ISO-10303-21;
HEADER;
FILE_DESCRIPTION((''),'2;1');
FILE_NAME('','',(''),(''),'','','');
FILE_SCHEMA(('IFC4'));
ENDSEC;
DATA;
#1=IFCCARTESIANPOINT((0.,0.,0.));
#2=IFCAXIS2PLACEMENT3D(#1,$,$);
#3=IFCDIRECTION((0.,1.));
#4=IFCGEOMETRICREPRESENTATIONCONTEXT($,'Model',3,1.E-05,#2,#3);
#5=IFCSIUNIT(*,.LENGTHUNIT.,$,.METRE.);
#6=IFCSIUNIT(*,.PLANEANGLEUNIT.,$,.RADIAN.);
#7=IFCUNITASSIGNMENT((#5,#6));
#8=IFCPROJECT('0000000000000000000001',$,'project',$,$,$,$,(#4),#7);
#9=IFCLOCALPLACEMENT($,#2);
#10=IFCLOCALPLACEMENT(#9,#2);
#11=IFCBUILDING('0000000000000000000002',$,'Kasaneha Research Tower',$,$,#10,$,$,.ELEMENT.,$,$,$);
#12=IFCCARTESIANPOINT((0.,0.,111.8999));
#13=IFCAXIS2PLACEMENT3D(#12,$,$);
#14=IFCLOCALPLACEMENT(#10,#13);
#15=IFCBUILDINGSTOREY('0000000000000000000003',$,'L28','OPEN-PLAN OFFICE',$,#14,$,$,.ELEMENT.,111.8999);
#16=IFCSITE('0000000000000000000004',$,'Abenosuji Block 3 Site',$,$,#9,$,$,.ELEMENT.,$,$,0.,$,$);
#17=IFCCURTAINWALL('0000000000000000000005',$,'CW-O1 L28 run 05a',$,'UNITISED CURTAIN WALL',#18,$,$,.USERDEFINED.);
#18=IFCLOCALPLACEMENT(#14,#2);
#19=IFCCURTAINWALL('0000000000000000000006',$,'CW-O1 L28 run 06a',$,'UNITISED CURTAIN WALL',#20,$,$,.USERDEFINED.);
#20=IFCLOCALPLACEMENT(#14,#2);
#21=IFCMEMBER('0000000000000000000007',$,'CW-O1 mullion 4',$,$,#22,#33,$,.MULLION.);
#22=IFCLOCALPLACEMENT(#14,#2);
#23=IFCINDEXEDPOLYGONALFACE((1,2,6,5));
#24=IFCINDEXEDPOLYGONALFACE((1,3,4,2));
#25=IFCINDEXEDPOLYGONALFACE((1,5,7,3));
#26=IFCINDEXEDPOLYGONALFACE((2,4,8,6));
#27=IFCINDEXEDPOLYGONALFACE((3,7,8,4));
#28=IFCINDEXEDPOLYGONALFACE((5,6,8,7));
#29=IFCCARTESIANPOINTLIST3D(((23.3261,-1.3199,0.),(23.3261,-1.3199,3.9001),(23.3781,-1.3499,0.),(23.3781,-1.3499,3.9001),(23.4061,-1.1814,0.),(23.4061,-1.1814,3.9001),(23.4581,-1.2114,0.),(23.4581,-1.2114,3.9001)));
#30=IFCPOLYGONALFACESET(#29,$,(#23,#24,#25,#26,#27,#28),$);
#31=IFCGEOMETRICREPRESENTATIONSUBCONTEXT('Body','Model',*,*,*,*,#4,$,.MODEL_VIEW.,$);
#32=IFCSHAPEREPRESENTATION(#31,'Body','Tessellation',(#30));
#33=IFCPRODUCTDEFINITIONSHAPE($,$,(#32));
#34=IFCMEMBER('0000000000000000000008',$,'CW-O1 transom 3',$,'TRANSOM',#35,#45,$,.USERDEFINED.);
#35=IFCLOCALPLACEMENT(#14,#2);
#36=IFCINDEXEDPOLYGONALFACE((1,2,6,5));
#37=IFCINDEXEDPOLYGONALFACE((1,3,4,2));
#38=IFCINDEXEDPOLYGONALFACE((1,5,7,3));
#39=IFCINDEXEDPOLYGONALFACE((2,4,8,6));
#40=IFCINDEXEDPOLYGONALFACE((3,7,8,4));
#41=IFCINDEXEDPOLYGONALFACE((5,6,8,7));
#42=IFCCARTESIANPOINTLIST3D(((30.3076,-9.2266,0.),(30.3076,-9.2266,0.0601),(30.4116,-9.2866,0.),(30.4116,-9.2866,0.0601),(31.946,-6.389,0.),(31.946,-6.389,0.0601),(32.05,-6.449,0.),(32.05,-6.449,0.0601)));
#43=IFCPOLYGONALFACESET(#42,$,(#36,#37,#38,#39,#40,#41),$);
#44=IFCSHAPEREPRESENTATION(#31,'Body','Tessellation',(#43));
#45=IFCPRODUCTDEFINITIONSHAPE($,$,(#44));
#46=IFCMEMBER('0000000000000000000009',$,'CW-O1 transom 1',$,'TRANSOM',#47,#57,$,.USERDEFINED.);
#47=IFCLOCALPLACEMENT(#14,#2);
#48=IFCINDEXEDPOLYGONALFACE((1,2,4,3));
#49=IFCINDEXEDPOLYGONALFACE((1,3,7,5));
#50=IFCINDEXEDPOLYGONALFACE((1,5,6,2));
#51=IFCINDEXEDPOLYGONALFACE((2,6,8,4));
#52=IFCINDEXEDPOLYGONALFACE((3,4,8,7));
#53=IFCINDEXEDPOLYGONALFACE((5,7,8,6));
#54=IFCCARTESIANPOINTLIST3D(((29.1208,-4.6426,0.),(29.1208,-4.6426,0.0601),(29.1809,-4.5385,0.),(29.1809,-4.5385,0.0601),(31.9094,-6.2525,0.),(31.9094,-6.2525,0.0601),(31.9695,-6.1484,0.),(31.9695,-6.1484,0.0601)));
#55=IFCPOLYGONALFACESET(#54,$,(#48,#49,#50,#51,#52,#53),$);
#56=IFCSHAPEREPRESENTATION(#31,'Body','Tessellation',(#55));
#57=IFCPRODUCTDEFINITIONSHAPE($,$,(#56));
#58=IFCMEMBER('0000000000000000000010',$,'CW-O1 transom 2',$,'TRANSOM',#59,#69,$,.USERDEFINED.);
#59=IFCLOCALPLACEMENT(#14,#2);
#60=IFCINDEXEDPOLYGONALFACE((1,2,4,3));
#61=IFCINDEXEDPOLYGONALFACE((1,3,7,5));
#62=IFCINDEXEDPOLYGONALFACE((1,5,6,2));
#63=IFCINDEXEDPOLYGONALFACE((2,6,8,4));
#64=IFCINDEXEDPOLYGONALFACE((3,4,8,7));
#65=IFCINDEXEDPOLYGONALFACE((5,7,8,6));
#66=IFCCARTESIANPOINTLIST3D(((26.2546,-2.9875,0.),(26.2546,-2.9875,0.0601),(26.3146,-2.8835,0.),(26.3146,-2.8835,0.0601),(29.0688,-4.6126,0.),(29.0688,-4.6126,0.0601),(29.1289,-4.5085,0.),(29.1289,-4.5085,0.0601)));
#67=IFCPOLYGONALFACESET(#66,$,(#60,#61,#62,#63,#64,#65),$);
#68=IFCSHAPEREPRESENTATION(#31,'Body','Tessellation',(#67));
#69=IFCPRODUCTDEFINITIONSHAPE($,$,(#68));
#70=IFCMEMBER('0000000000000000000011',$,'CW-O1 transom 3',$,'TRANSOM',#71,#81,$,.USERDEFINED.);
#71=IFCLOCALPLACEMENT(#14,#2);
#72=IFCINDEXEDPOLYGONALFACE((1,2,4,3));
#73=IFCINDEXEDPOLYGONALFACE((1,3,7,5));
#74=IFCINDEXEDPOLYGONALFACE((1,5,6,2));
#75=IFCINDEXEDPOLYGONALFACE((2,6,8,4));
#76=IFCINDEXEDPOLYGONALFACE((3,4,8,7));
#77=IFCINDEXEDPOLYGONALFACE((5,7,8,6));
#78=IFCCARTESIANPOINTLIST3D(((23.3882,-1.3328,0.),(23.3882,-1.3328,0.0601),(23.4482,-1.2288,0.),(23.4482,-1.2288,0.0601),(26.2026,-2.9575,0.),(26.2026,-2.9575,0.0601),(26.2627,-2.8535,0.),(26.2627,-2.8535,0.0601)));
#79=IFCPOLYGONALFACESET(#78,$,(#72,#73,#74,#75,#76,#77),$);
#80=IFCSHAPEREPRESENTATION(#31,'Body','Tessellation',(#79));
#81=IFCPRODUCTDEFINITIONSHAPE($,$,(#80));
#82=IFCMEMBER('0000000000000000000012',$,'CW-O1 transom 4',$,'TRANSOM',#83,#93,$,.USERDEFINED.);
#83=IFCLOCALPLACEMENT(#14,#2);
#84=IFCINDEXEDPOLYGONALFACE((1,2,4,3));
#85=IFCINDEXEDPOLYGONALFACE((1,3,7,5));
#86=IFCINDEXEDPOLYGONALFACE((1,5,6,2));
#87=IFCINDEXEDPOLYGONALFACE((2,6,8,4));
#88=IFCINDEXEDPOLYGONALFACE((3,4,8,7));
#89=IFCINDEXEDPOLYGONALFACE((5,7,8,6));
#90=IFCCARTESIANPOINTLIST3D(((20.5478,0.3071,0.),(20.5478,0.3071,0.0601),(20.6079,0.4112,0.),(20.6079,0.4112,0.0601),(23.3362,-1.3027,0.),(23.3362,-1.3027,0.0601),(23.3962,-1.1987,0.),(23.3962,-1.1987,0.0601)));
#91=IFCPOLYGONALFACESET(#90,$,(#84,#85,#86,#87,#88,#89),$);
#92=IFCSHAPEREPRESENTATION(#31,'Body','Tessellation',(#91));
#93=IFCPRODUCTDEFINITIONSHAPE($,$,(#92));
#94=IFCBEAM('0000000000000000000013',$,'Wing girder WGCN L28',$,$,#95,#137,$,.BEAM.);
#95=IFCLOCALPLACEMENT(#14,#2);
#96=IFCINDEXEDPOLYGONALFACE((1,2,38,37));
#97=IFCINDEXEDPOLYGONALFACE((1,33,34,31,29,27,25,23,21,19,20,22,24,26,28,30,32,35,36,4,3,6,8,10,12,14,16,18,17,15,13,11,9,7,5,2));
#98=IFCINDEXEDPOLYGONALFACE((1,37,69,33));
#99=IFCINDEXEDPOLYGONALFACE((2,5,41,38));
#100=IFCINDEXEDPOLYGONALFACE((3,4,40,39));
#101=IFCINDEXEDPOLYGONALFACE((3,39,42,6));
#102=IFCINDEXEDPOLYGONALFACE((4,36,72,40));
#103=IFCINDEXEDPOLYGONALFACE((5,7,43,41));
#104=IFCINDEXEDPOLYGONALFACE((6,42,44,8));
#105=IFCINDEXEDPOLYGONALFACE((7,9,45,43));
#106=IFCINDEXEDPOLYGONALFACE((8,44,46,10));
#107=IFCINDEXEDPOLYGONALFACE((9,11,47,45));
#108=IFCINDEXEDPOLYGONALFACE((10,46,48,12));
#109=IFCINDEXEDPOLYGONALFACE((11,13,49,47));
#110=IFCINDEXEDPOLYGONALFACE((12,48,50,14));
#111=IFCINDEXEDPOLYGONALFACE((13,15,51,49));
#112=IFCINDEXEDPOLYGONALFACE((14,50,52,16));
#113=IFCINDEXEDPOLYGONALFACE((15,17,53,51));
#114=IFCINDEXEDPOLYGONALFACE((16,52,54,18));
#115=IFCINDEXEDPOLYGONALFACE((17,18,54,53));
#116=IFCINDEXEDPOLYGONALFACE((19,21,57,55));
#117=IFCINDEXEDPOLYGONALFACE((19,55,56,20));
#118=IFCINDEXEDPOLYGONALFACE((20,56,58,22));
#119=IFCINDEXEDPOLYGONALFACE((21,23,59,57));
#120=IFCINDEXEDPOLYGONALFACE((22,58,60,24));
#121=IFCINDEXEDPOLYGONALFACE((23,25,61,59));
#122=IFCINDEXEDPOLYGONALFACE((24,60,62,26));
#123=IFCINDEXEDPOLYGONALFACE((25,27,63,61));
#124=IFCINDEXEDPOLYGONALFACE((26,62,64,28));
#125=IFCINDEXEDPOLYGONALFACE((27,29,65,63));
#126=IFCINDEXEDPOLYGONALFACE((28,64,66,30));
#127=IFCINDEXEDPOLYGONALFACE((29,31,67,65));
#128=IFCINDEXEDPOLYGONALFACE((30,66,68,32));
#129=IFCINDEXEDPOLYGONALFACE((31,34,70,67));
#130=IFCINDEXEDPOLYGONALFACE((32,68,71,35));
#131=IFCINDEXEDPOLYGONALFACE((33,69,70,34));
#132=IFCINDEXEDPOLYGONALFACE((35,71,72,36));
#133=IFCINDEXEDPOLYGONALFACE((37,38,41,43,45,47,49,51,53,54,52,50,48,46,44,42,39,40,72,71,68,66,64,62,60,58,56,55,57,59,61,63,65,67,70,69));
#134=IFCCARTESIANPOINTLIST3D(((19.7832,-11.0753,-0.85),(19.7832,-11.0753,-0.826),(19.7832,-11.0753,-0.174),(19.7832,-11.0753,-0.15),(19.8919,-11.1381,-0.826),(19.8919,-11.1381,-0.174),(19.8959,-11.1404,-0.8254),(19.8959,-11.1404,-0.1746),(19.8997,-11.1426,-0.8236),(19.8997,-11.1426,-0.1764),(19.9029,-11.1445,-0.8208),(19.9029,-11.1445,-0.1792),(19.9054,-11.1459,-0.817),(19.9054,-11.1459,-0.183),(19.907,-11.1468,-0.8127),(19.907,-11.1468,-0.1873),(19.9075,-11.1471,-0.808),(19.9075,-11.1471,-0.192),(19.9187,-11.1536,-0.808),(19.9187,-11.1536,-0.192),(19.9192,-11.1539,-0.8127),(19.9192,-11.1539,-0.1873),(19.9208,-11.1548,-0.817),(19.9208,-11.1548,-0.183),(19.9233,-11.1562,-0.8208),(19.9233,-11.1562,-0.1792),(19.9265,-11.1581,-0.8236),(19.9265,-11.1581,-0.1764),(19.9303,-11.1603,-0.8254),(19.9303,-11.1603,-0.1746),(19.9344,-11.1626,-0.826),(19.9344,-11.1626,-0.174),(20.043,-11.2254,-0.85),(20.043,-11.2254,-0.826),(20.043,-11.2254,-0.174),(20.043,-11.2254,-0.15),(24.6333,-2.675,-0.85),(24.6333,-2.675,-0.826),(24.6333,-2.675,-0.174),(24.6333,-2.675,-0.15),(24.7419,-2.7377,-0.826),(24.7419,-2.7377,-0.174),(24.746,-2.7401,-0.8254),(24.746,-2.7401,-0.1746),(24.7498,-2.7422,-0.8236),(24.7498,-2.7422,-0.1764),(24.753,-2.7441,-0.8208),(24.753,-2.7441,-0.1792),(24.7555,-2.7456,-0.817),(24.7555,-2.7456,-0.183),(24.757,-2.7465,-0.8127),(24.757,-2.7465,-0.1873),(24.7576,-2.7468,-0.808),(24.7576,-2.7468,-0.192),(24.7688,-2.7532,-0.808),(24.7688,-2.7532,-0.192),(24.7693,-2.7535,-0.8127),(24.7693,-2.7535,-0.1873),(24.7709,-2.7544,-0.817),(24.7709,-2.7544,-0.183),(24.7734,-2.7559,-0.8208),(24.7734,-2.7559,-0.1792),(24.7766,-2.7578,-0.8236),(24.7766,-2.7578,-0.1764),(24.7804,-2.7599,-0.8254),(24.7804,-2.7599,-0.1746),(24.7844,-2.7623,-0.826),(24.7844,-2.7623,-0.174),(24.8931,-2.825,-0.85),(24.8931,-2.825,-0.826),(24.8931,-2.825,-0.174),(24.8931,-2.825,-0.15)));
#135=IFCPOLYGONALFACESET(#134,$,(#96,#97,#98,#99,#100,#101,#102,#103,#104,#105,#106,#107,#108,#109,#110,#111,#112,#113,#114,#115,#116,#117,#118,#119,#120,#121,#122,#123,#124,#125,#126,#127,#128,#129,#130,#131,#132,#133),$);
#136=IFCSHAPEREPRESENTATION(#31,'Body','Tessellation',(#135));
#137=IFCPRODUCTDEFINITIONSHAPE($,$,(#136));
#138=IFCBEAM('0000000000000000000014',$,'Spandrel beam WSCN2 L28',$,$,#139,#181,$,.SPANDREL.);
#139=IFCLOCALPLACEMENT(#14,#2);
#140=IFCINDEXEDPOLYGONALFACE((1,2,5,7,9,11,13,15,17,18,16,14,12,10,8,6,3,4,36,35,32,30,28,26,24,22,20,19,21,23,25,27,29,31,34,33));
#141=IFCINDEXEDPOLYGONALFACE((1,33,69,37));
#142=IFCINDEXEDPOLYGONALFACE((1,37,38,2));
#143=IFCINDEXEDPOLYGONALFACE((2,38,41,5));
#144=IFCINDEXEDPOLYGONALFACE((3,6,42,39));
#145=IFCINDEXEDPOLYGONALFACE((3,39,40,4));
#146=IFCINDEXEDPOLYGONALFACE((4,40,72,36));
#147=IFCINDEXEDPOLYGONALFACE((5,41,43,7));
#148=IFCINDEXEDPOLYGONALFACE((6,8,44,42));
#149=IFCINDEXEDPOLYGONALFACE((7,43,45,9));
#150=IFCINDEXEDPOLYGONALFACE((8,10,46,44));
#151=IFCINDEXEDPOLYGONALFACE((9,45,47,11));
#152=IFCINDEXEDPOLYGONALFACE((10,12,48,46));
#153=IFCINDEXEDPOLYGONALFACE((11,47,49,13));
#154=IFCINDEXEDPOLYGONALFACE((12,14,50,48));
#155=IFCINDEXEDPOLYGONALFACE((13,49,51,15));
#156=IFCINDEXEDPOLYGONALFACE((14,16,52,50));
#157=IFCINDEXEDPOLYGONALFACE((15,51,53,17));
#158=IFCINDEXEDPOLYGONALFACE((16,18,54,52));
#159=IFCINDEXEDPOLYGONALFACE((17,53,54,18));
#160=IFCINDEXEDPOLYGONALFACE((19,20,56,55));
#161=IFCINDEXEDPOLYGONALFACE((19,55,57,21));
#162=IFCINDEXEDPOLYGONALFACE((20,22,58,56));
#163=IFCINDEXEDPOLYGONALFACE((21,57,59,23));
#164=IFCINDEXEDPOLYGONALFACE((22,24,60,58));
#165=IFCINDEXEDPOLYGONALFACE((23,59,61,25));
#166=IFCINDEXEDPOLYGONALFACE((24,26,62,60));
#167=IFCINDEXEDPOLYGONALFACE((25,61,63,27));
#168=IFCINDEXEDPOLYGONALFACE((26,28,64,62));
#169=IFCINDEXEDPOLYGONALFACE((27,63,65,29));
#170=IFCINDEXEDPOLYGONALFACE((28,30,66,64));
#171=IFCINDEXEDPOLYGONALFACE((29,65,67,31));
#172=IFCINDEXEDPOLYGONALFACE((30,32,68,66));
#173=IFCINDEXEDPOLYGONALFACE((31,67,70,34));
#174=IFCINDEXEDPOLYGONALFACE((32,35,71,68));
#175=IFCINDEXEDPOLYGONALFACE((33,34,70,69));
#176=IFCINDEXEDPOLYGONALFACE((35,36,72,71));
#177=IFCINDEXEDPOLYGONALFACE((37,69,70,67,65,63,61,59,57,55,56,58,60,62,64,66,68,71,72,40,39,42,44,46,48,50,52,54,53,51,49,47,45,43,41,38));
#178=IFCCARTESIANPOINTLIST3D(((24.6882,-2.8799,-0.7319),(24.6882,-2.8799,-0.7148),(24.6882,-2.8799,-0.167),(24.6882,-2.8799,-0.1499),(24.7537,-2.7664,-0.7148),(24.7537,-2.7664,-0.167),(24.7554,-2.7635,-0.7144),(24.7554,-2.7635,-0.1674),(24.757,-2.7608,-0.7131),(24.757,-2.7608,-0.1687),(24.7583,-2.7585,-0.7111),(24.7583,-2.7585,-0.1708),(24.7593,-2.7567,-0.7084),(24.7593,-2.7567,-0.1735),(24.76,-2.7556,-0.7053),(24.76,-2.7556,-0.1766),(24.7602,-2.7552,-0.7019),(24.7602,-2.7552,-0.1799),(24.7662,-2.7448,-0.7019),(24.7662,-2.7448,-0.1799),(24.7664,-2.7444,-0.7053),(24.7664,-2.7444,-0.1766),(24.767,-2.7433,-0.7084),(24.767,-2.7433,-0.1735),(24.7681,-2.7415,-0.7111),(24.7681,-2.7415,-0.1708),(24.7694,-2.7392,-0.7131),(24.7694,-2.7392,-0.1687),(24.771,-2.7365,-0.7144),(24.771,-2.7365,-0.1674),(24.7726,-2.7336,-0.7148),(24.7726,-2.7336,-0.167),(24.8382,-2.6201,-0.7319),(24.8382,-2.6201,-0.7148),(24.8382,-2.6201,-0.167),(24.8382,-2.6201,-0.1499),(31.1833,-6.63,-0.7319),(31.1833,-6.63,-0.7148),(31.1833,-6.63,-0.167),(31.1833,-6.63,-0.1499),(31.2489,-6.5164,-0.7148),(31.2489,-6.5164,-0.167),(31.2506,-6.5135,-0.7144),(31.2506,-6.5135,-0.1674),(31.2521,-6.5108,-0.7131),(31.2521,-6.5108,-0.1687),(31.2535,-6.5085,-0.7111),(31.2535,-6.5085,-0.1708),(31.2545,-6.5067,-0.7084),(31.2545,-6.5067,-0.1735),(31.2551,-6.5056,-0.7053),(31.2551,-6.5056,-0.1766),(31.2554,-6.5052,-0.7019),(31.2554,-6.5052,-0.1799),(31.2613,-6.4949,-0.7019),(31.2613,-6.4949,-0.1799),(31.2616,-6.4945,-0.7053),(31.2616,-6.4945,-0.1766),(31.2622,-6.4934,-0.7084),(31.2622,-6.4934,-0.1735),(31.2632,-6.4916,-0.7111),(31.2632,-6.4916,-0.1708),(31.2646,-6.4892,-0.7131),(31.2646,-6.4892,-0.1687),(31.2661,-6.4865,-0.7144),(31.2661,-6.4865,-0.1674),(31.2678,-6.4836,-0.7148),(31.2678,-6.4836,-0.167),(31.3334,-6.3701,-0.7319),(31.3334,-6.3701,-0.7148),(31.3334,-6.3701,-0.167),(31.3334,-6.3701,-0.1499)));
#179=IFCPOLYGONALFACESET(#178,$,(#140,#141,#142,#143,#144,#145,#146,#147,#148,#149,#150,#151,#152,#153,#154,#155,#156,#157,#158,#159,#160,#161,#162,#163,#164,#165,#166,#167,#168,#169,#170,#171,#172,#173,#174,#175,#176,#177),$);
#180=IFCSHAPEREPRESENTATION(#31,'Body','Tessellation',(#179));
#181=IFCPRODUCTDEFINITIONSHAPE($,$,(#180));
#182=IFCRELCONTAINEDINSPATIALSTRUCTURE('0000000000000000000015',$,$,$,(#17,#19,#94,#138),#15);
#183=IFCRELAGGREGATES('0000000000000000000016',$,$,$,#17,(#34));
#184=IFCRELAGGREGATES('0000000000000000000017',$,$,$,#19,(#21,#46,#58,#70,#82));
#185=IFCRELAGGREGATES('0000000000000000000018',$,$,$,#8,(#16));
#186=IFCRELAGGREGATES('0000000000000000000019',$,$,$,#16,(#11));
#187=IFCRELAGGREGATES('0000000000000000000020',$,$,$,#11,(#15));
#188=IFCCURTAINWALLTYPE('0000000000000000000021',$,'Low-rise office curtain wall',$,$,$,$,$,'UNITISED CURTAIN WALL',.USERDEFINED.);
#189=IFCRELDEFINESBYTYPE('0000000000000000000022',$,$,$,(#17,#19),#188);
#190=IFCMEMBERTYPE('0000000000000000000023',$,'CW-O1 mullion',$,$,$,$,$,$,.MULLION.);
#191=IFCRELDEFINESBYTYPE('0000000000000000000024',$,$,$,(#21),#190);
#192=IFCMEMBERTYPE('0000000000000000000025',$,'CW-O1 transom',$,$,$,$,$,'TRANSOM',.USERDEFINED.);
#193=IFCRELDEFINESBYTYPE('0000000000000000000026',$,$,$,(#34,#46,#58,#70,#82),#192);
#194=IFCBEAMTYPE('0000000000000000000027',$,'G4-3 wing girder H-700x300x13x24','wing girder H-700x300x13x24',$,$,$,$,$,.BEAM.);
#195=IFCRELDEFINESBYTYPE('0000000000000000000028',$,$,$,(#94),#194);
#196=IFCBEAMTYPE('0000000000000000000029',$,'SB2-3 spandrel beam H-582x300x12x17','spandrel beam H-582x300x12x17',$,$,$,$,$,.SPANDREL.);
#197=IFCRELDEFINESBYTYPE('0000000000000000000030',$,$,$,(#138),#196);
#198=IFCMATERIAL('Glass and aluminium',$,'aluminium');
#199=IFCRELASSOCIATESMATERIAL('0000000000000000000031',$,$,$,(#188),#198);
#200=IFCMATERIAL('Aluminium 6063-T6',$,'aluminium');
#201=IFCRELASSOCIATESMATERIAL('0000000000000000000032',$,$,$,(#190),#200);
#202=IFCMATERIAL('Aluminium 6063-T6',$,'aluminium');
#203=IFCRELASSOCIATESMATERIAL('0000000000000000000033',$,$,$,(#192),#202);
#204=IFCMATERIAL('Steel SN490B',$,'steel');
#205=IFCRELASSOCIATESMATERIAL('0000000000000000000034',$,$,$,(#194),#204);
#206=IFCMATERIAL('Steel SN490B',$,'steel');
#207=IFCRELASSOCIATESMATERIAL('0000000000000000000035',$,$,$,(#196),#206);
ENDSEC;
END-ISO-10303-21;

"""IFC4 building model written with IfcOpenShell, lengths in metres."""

from ifc_helpers import new_model, si_unit, direction, frame, origin, origin_2d, place, context, subcontext, project, spatial, rectangle, i_section, extrude, material, material_profile, profile_set, type_object, element, aggregate, save


model = new_model("IFC4")

# Units and contexts
model_context = context("Model", 3, precision=1e-05, world=origin(), true_north=direction((0.0, 1.0)))
body_context = subcontext(model_context, "Body", "Model", "MODEL_VIEW")
ifc_project = project(units=[si_unit("LENGTHUNIT", "METRE"), si_unit("PLANEANGLEUNIT", "RADIAN")], contexts=[model_context])

# Site, building, storey
site_placement = place(None, origin())
site = spatial("IfcSite", under=ifc_project, at=site_placement, Name="Abenosuji Block 3 Site", CompositionType="ELEMENT", RefElevation=0.0)
building_placement = place(site_placement, origin())
building = spatial("IfcBuilding", under=site, at=building_placement, Name="Kasaneha Research Tower", CompositionType="ELEMENT")
storey_placement = place(building_placement, frame((0.0, 0.0, 111.8999)))
storey = spatial("IfcBuildingStorey", under=building, at=storey_placement, Name="L28", Description="OPEN-PLAN OFFICE", CompositionType="ELEMENT", Elevation=111.8999)

# Curtain walls, member
ifc_material_1 = material(Name="Glass and aluminium", Category="aluminium")
curtain_wall_type = type_object("IfcCurtainWallType", Name="Low-rise office curtain wall", ElementType="UNITISED CURTAIN WALL", PredefinedType="USERDEFINED", material=ifc_material_1)
curtain_wall_1_placement = place(storey_placement, origin())
curtain_wall_1 = element("IfcCurtainWall", 1, at=curtain_wall_1_placement, inside=storey, type_object=curtain_wall_type, Name="CW-O1 L28 run 05a", ObjectType="UNITISED CURTAIN WALL", PredefinedType="USERDEFINED")
ifc_material_2 = material(Name="Aluminium 6063-T6", Category="aluminium")
ifc_material_profile_1 = material_profile(ifc_material_2, rectangle(XDim=0.0601, YDim=0.1599, at=origin_2d()), Name="CW-O1 mullion 60x160")
ifc_profile_set_1 = profile_set([ifc_material_profile_1], Name="Aluminium 6063-T6")
member_type_1 = type_object("IfcMemberType", Name="CW-O1 mullion", PredefinedType="MULLION", material=ifc_profile_set_1)
curtain_wall_2_placement = place(storey_placement, origin())
curtain_wall_2 = element("IfcCurtainWall", 2, at=curtain_wall_2_placement, inside=storey, type_object=curtain_wall_type, Name="CW-O1 L28 run 06a", ObjectType="UNITISED CURTAIN WALL", PredefinedType="USERDEFINED")
member_1_placement = place(storey_placement, frame((23.3921, -1.2656, 0.0), z_axis=(0.0, 0.0, 1.0), x_axis=(-0.866025, 0.5, 0.0)))
member_1 = element("IfcMember", 3, at=member_1_placement, type_object=member_type_1, Name="CW-O1 mullion 4", PredefinedType="MULLION", context=body_context, shape_type="SweptSolid", body=[
    extrude(rectangle(XDim=0.0601, YDim=0.1599, at=origin_2d()), origin(), (0.0, 0.0, 1.0), 3.9001),
])

# Members
ifc_material_3 = material(Name="Aluminium 6063-T6", Category="aluminium")
ifc_material_profile_2 = material_profile(ifc_material_3, rectangle(XDim=0.1201, YDim=0.0601, at=origin_2d()), Name="CW-O1 transom 120x60")
ifc_profile_set_2 = profile_set([ifc_material_profile_2], Name="Aluminium 6063-T6")
member_type_2 = type_object("IfcMemberType", Name="CW-O1 transom", ElementType="TRANSOM", PredefinedType="USERDEFINED", material=ifc_profile_set_2)
member_2_placement = place(storey_placement, frame((30.3596, -9.2566, 0.03), z_axis=(0.500026, 0.866011, 0.0), x_axis=(-0.866011, 0.500026, 0.0)))
member_2 = element("IfcMember", 4, at=member_2_placement, type_object=member_type_2, Name="CW-O1 transom 3", ObjectType="TRANSOM", PredefinedType="USERDEFINED", context=body_context, shape_type="SweptSolid", body=[
    extrude(rectangle(XDim=0.1201, YDim=0.0601, at=origin_2d()), origin(), (0.0, 0.0, 1.0), 3.2766),
])
member_3_placement = place(storey_placement, frame((31.9395, -6.2004, 0.03), z_axis=(-0.866042, 0.499972, 0.0), x_axis=(-0.499972, -0.866042, 0.0)))
member_3 = element("IfcMember", 5, at=member_3_placement, type_object=member_type_2, Name="CW-O1 transom 1", ObjectType="TRANSOM", PredefinedType="USERDEFINED", context=body_context, shape_type="SweptSolid", body=[
    extrude(rectangle(XDim=0.1201, YDim=0.0601, at=origin_2d()), origin(), (0.0, 0.0, 1.0), 3.22),
])
member_4_placement = place(storey_placement, frame((29.0989, -4.5605, 0.03), z_axis=(-0.865997, 0.50005, 0.0), x_axis=(-0.50005, -0.865997, 0.0)))
member_4 = element("IfcMember", 6, at=member_4_placement, type_object=member_type_2, Name="CW-O1 transom 2", ObjectType="TRANSOM", PredefinedType="USERDEFINED", context=body_context, shape_type="SweptSolid", body=[
    extrude(rectangle(XDim=0.1201, YDim=0.0601, at=origin_2d()), origin(), (0.0, 0.0, 1.0), 3.2498),
])
member_5_placement = place(storey_placement, frame((26.2327, -2.9055, 0.03), z_axis=(-0.866048, 0.499961, 0.0), x_axis=(-0.499961, -0.866048, 0.0)))
member_5 = element("IfcMember", 7, at=member_5_placement, type_object=member_type_2, Name="CW-O1 transom 3", ObjectType="TRANSOM", PredefinedType="USERDEFINED", context=body_context, shape_type="SweptSolid", body=[
    extrude(rectangle(XDim=0.1201, YDim=0.0601, at=origin_2d()), origin(), (0.0, 0.0, 1.0), 3.2498),
])
member_6_placement = place(storey_placement, frame((23.3662, -1.2507, 0.03), z_axis=(-0.866023, 0.500005, 0.0), x_axis=(-0.500005, -0.866023, 0.0)))
member_6 = element("IfcMember", 8, at=member_6_placement, type_object=member_type_2, Name="CW-O1 transom 4", ObjectType="TRANSOM", PredefinedType="USERDEFINED", context=body_context, shape_type="SweptSolid", body=[
    extrude(rectangle(XDim=0.1201, YDim=0.0601, at=origin_2d()), origin(), (0.0, 0.0, 1.0), 3.2197),
])

# Beams
ifc_material_4 = material(Name="Steel SN490B", Category="steel")
ifc_material_profile_3 = material_profile(ifc_material_4, i_section(OverallWidth=0.3, OverallDepth=0.7, WebThickness=0.0129, FlangeThickness=0.0239, FilletRadius=0.0181, at=origin_2d()), Name="H-700x300x13x24")
ifc_profile_set_3 = profile_set([ifc_material_profile_3], Name="Steel SN490B")
beam_type_1 = type_object("IfcBeamType", Name="G4-3 wing girder H-700x300x13x24", Description="wing girder H-700x300x13x24", PredefinedType="BEAM", material=ifc_profile_set_3)
beam_1_placement = place(storey_placement, frame((24.7632, -2.75, -0.5), z_axis=(-0.50001, -0.86602, 0.0), x_axis=(0.86602, -0.50001, 0.0)))
element("IfcBeam", 9, at=beam_1_placement, inside=storey, type_object=beam_type_1, Name="Wing girder WGCN L28", PredefinedType="BEAM", context=body_context, shape_type="SweptSolid", body=[
    extrude(i_section(OverallWidth=0.3, OverallDepth=0.7, WebThickness=0.0129, FlangeThickness=0.0239, FilletRadius=0.0181, at=origin_2d()), origin(), (0.0, 0.0, 1.0), 9.7),
])
ifc_material_5 = material(Name="Steel SN490B", Category="steel")
ifc_material_profile_4 = material_profile(ifc_material_5, i_section(OverallWidth=0.3, OverallDepth=0.582, WebThickness=0.012, FlangeThickness=0.0171, FilletRadius=0.0129, at=origin_2d()), Name="H-582x300x12x17")
ifc_profile_set_4 = profile_set([ifc_material_profile_4], Name="Steel SN490B")
beam_type_2 = type_object("IfcBeamType", Name="SB2-3 spandrel beam H-582x300x12x17", Description="spandrel beam H-582x300x12x17", PredefinedType="SPANDREL", material=ifc_profile_set_4)
beam_2_placement = place(storey_placement, frame((24.7632, -2.75, -0.4409), z_axis=(0.866023, -0.500004, 0.0), x_axis=(0.500004, 0.866023, 0.0)))
element("IfcBeam", 10, at=beam_2_placement, inside=storey, type_object=beam_type_2, Name="Spandrel beam WSCN2 L28", PredefinedType="SPANDREL", context=body_context, shape_type="SweptSolid", body=[
    extrude(i_section(OverallWidth=0.3, OverallDepth=0.582, WebThickness=0.012, FlangeThickness=0.0171, FilletRadius=0.0129, at=origin_2d()), origin(), (0.0, 0.0, 1.0), 7.5),
])

aggregate(curtain_wall_1, [member_2])
aggregate(curtain_wall_2, [member_1, member_3, member_4, member_5, member_6])

save(model, "model.ifc")
